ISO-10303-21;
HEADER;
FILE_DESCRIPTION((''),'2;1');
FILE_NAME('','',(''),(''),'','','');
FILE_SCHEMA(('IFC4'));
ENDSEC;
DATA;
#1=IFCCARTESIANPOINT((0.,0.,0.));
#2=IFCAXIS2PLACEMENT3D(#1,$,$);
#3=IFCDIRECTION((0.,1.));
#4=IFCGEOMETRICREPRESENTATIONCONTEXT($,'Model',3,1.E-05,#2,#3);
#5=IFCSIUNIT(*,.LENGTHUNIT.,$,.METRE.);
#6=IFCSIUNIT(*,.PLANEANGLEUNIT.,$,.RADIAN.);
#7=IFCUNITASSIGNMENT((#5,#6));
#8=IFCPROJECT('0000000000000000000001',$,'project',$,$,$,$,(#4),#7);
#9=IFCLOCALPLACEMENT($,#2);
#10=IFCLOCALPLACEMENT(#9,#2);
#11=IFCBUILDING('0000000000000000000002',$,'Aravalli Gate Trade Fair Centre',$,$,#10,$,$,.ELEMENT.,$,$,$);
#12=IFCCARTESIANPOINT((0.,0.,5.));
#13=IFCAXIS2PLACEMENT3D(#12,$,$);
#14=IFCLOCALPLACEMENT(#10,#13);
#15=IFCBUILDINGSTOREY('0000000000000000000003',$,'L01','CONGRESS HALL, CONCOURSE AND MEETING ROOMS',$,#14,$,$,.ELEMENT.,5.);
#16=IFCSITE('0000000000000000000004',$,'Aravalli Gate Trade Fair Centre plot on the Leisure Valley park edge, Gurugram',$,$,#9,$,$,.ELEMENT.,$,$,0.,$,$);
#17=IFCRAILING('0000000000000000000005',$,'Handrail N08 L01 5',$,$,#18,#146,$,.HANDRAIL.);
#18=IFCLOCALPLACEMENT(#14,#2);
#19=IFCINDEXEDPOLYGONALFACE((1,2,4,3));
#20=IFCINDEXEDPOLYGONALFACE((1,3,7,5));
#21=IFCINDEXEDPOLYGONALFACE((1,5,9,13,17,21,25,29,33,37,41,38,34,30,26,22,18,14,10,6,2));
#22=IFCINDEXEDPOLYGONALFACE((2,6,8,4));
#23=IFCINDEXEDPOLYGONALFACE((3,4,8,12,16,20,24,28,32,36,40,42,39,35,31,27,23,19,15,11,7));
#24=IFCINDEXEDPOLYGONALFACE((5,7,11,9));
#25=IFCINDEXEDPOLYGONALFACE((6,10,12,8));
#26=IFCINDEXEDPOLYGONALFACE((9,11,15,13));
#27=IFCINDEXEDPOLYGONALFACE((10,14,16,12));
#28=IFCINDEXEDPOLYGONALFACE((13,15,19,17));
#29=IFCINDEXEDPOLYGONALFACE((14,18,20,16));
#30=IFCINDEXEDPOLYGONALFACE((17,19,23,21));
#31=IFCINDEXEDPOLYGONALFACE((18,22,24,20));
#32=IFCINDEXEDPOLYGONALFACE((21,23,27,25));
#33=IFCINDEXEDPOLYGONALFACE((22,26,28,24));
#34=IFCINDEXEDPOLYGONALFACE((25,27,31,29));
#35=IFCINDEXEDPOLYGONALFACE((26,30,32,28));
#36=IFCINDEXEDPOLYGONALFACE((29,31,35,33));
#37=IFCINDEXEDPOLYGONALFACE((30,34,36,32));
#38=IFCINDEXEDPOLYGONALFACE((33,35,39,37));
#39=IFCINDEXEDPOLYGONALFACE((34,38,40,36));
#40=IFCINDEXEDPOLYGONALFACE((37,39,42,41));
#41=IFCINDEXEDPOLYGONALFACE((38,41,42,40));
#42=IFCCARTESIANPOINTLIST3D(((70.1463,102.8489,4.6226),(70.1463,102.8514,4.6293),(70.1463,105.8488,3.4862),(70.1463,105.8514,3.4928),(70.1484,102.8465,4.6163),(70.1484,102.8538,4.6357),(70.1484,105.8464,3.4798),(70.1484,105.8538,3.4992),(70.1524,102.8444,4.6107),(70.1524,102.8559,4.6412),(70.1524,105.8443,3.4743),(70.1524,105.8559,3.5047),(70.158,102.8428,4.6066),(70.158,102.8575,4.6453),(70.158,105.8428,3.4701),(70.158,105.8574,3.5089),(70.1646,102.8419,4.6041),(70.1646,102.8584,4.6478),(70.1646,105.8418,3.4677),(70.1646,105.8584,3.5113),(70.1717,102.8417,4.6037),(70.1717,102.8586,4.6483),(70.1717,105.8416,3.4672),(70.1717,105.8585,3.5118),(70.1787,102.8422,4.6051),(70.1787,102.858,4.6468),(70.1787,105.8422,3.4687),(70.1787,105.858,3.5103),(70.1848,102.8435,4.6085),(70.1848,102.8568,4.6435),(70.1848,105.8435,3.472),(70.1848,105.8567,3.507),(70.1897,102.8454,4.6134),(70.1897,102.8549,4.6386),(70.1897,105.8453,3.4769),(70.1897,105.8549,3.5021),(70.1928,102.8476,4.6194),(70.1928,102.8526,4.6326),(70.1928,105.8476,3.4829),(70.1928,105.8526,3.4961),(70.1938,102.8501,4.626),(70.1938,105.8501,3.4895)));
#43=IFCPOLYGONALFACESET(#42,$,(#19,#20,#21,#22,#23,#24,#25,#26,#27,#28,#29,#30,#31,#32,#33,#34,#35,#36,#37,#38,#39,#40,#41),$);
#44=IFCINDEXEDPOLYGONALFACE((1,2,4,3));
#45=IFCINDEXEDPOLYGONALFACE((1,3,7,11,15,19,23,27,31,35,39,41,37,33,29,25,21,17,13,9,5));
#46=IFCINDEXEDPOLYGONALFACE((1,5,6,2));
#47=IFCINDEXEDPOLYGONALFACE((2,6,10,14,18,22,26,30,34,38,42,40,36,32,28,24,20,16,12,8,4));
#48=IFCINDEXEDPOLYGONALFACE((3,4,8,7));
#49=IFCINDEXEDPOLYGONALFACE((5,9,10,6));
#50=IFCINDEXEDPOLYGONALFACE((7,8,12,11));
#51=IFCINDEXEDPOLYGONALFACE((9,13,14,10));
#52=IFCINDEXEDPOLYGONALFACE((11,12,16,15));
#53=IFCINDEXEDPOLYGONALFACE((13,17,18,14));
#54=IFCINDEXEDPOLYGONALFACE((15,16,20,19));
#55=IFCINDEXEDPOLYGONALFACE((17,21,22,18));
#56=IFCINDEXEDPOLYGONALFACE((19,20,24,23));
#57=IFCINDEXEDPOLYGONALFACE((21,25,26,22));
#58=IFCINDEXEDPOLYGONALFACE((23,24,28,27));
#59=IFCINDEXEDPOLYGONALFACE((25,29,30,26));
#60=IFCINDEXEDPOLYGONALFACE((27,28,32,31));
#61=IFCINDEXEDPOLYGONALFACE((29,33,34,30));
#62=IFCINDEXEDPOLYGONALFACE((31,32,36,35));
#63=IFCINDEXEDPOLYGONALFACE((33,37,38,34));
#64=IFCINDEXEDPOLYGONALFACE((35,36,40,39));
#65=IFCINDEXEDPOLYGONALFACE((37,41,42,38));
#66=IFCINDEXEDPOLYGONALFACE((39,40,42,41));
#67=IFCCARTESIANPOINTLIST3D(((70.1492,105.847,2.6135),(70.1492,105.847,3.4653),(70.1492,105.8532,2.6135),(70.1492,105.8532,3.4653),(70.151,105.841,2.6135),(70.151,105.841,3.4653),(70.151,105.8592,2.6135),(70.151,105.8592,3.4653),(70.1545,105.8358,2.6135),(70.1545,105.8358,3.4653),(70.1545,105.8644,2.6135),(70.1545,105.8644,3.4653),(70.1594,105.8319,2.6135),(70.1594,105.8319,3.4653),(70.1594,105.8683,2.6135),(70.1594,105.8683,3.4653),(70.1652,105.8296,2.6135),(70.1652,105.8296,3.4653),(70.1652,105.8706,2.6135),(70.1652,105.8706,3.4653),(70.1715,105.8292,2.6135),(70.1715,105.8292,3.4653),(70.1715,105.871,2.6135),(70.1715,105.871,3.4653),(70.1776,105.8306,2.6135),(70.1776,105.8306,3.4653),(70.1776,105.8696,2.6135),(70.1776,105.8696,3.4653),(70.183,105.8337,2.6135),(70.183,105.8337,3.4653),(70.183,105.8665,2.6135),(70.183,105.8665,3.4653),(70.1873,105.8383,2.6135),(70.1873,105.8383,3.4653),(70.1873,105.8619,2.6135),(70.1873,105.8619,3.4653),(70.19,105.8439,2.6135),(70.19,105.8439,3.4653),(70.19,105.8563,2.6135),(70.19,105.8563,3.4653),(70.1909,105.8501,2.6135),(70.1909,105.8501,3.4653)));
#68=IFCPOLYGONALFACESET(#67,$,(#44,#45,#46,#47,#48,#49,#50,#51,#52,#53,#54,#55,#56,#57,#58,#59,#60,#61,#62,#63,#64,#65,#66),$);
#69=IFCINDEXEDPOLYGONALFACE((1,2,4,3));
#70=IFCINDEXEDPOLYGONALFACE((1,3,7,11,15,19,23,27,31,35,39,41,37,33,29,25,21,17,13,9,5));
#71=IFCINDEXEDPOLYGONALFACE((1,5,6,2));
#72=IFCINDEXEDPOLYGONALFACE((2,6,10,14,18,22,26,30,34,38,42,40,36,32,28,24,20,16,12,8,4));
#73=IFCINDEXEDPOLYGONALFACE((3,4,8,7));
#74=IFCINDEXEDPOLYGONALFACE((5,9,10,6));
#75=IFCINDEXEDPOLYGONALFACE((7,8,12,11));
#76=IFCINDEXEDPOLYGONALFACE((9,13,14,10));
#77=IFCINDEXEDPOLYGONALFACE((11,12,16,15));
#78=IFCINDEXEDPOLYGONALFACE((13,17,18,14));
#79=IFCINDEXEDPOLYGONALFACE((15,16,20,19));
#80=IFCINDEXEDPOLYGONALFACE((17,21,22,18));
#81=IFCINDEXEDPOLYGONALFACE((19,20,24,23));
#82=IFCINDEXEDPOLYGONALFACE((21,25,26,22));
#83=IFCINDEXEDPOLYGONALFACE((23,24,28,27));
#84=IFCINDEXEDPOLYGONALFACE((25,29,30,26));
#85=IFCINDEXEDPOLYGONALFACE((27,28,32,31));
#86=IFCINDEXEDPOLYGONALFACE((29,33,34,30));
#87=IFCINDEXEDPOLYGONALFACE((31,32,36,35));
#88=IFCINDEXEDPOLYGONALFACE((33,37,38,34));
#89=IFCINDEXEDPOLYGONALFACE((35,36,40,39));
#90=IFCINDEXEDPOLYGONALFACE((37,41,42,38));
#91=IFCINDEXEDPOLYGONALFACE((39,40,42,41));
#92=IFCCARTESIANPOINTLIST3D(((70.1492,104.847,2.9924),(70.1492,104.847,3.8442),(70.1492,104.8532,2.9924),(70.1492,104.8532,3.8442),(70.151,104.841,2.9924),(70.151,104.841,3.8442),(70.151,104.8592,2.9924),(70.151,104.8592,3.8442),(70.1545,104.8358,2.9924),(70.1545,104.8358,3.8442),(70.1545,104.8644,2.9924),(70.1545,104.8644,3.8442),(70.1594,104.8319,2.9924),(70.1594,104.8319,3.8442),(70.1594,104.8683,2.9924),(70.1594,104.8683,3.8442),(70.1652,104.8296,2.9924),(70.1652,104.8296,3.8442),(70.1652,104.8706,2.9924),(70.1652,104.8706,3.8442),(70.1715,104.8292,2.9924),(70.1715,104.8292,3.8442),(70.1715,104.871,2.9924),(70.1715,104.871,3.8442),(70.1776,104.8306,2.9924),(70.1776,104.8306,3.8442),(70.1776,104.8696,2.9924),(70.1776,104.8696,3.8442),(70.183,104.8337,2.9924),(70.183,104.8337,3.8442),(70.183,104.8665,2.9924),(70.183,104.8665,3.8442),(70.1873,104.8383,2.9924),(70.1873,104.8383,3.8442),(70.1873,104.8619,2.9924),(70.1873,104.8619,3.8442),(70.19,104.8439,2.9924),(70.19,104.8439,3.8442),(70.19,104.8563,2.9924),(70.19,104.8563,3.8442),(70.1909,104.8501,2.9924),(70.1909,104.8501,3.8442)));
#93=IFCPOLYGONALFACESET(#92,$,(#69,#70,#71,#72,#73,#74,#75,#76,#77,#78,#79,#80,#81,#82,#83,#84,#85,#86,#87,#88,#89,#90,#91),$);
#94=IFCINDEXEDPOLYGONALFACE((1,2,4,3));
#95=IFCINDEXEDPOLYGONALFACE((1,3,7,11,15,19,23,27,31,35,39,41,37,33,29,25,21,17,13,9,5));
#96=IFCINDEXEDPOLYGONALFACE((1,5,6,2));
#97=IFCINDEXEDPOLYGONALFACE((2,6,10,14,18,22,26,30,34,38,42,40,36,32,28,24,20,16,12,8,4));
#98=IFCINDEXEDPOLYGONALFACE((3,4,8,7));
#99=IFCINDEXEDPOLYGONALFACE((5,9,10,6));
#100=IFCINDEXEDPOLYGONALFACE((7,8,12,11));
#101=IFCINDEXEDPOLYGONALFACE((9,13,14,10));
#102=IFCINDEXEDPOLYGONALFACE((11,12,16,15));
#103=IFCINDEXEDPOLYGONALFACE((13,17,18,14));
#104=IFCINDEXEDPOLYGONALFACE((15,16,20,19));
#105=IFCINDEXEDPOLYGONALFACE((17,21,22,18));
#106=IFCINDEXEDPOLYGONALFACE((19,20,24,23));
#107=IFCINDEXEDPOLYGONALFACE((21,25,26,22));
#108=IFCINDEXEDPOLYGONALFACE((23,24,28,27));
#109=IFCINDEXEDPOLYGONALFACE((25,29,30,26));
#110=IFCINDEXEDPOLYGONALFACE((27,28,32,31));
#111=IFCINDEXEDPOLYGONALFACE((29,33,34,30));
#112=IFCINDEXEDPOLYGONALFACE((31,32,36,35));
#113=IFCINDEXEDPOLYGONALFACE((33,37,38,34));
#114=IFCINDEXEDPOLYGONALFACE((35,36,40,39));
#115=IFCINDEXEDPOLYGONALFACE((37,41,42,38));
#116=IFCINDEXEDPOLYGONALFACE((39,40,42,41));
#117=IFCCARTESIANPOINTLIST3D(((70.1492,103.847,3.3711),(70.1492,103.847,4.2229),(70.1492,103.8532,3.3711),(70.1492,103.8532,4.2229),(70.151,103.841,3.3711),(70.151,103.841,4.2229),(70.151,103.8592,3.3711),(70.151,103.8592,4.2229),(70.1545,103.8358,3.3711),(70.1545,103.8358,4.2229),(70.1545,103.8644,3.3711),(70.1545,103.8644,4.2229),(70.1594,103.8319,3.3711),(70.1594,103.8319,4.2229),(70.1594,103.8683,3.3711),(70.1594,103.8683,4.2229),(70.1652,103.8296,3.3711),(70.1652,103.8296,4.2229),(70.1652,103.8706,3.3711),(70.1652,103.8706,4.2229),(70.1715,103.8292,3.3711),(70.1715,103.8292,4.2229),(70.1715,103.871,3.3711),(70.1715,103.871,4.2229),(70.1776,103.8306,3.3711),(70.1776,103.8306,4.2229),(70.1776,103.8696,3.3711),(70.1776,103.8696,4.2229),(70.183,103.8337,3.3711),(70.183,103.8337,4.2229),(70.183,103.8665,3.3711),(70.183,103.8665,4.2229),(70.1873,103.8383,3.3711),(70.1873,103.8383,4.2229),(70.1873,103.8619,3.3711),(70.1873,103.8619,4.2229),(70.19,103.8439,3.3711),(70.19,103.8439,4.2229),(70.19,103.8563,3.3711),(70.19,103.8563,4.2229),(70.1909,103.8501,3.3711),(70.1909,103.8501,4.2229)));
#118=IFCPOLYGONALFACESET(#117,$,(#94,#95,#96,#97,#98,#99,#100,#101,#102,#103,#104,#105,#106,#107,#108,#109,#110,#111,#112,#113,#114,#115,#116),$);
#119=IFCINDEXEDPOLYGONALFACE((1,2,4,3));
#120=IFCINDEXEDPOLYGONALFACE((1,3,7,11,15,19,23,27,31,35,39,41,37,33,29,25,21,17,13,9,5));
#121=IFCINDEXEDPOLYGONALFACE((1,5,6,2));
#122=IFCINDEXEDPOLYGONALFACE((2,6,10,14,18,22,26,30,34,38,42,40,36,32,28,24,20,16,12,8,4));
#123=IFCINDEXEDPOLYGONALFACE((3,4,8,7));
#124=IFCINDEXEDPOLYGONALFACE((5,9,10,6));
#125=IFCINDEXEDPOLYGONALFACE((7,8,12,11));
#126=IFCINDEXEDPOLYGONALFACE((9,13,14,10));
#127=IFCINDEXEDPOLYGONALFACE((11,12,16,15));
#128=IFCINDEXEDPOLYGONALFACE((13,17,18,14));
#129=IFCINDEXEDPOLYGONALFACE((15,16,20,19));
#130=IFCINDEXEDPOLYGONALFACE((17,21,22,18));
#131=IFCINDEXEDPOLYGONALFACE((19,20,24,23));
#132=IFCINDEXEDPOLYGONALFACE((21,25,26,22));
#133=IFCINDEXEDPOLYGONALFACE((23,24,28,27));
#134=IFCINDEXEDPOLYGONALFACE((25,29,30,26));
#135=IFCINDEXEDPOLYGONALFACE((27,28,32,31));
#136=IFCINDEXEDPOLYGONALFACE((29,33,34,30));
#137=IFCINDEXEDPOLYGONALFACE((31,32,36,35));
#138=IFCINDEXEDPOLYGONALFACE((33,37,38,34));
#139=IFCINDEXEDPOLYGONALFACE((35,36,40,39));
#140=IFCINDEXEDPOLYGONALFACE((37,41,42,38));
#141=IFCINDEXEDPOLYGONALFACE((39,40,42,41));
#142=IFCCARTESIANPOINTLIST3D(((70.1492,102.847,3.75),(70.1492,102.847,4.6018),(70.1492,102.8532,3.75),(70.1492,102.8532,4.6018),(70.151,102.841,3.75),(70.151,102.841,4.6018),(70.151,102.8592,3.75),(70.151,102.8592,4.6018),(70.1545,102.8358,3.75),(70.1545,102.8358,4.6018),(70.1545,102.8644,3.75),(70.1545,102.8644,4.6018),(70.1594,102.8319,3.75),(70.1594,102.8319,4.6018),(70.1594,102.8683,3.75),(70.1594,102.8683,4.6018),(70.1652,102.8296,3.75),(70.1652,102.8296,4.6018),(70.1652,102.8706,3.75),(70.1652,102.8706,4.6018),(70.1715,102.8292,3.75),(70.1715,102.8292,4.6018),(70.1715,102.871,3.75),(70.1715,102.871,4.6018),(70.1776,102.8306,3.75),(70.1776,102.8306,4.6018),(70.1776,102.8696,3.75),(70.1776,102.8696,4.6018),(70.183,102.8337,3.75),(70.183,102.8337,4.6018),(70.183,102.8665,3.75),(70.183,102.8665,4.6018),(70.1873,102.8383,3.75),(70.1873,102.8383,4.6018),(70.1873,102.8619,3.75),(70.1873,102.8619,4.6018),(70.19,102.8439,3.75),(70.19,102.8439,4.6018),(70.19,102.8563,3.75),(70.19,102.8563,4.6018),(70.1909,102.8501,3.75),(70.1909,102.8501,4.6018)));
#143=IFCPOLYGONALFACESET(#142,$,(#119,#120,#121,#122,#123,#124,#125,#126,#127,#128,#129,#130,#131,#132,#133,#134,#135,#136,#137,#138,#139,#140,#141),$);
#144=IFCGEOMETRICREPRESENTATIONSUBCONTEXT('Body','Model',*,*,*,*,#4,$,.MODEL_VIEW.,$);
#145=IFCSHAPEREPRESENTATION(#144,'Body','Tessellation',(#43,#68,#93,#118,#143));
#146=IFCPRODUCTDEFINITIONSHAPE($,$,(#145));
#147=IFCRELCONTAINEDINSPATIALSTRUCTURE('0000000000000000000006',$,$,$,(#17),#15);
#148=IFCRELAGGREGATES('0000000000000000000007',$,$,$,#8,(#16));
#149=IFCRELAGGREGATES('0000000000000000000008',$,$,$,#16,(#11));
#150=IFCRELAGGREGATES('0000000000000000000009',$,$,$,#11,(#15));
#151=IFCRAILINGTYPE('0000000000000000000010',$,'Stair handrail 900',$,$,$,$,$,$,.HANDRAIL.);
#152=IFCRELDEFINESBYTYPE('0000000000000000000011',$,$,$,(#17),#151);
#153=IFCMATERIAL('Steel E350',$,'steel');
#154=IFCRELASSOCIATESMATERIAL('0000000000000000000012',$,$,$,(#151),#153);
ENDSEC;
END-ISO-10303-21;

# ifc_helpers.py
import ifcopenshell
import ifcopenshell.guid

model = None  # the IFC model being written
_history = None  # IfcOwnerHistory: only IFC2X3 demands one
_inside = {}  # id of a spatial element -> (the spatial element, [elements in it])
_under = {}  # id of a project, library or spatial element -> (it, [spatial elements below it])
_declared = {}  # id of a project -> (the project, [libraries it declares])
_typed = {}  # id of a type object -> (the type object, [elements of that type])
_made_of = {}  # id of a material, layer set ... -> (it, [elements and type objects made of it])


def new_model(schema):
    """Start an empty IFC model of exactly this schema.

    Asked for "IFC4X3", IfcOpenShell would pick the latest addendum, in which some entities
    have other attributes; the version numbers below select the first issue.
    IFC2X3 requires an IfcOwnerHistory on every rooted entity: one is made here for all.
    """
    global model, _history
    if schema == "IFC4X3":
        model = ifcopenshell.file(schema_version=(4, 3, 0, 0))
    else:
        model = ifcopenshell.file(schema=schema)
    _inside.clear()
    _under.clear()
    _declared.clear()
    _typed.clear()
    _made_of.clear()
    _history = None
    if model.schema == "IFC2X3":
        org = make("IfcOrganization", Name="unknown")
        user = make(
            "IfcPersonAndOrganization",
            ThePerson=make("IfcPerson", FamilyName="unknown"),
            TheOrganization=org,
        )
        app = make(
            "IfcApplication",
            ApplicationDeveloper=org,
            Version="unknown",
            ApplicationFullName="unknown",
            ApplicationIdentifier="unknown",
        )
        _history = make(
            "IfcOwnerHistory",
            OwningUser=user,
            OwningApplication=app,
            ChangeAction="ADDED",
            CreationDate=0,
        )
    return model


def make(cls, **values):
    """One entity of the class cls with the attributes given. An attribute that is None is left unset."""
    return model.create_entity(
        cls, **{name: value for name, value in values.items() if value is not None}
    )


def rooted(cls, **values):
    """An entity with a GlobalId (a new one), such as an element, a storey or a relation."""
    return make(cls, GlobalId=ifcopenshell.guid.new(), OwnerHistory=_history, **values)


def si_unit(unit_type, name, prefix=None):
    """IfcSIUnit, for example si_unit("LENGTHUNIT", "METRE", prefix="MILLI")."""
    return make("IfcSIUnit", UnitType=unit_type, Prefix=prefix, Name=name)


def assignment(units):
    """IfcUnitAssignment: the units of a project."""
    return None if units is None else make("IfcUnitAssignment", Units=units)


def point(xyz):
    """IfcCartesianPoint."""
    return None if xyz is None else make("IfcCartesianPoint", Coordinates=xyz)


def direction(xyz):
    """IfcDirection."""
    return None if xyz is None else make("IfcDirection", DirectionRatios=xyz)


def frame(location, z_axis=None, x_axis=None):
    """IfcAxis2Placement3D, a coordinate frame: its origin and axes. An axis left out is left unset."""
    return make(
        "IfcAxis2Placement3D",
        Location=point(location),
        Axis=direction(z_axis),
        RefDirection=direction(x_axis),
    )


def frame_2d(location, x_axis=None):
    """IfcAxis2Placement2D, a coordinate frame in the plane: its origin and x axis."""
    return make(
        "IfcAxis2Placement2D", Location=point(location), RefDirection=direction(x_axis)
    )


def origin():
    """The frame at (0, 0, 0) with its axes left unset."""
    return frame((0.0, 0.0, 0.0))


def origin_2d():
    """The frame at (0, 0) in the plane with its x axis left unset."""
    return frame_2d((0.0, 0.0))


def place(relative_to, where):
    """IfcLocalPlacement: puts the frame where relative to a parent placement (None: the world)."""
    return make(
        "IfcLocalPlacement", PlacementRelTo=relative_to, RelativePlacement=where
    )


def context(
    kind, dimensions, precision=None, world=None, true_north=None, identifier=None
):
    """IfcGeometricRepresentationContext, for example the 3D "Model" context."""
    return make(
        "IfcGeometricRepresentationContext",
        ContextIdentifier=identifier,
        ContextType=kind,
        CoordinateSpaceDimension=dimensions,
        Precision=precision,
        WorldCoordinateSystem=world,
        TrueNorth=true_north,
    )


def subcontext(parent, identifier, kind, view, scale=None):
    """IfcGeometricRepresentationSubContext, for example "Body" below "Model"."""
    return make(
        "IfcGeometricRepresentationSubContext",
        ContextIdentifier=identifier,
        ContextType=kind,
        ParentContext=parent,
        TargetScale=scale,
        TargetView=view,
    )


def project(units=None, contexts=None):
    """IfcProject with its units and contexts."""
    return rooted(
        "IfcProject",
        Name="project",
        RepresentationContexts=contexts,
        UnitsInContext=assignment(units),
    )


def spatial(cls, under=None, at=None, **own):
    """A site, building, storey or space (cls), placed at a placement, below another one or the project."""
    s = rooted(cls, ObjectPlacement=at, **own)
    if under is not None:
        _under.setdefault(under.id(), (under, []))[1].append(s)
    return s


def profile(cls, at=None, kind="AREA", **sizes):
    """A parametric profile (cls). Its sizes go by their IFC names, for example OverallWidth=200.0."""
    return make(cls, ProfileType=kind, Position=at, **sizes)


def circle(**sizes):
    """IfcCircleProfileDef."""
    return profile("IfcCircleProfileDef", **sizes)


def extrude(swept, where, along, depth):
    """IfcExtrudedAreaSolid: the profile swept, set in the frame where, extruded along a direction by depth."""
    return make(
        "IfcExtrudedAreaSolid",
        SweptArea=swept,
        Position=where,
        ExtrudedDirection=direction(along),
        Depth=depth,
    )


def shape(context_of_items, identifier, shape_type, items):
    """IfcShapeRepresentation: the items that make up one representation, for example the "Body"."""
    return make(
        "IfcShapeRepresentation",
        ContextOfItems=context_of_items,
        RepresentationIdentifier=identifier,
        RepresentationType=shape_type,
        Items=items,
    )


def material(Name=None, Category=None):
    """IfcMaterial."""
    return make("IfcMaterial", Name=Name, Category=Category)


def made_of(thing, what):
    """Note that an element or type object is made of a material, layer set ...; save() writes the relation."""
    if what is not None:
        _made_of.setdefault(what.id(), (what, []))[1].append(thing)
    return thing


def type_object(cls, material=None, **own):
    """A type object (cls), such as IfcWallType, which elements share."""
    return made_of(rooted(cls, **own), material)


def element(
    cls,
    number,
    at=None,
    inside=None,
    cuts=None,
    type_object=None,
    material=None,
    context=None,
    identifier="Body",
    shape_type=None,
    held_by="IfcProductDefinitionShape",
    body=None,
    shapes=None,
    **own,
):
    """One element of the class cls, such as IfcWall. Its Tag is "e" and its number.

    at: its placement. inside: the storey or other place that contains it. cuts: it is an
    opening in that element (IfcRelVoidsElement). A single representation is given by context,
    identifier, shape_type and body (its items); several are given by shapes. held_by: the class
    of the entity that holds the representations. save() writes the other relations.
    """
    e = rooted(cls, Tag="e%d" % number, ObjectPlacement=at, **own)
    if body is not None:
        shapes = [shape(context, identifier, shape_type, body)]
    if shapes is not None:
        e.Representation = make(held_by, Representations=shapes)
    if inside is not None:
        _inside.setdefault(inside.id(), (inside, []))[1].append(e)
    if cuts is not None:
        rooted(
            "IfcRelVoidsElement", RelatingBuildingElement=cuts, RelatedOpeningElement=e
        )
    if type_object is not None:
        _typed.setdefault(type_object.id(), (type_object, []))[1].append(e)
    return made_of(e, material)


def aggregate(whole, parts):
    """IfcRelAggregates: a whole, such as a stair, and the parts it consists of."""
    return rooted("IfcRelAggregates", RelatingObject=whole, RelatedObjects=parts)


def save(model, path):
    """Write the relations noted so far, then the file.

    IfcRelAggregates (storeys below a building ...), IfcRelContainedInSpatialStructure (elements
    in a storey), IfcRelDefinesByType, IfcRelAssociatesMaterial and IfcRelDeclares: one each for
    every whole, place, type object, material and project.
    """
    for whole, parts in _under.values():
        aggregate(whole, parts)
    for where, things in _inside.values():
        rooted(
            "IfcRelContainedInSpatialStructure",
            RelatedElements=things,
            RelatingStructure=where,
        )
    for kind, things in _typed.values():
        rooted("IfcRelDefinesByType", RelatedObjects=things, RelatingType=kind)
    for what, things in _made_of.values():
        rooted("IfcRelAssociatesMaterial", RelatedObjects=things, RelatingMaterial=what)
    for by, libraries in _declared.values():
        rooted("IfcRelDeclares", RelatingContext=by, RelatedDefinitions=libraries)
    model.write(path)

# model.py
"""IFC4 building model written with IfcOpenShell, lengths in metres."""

from ifc_helpers import new_model, si_unit, direction, frame, origin, origin_2d, place, context, subcontext, project, spatial, circle, extrude, material, type_object, element, save


model = new_model("IFC4")

# Units and contexts
model_context = context("Model", 3, precision=1e-05, world=origin(), true_north=direction((0.0, 1.0)))
body_context = subcontext(model_context, "Body", "Model", "MODEL_VIEW")
ifc_project = project(units=[si_unit("LENGTHUNIT", "METRE"), si_unit("PLANEANGLEUNIT", "RADIAN")], contexts=[model_context])

# Site, building, storey
site_placement = place(None, origin())
site = spatial("IfcSite", under=ifc_project, at=site_placement, Name="Aravalli Gate Trade Fair Centre plot on the Leisure Valley park edge, Gurugram", CompositionType="ELEMENT", RefElevation=0.0)
building_placement = place(site_placement, origin())
building = spatial("IfcBuilding", under=site, at=building_placement, Name="Aravalli Gate Trade Fair Centre", CompositionType="ELEMENT")
storey_placement = place(building_placement, frame((0.0, 0.0, 5.0)))
storey = spatial("IfcBuildingStorey", under=building, at=storey_placement, Name="L01", Description="CONGRESS HALL, CONCOURSE AND MEETING ROOMS", CompositionType="ELEMENT", Elevation=5.0)

# Shared definitions
ifc_material_1 = material(Name="Steel E350", Category="steel")

# Railing
railing_type_1 = type_object("IfcRailingType", Name="Stair handrail 900", PredefinedType="HANDRAIL", material=ifc_material_1)
for number, where, name in (
    (1, (70.1699, 105.8501, 2.6135), "Handrail N08 L01 5"),
):
    element("IfcRailing", number, at=place(storey_placement, frame(where)), inside=storey, type_object=railing_type_1, Name=name, PredefinedType="HANDRAIL", context=body_context, shape_type="SweptSolid", body=[
        extrude(circle(Radius=0.0239, at=origin_2d()), frame((0.0, 0.0, 0.876), z_axis=(0.0, -0.935148, 0.354257), x_axis=(1.0, 0.0, 0.0)), (0.0, 0.0, 1.0), 3.208),
        extrude(circle(Radius=0.021, at=origin_2d()), origin(), (0.0, 0.0, 1.0), 0.8518),
        extrude(circle(Radius=0.021, at=origin_2d()), frame((0.0, -1.0, 0.3789)), (0.0, 0.0, 1.0), 0.8518),
        extrude(circle(Radius=0.021, at=origin_2d()), frame((0.0, -2.0, 0.7576)), (0.0, 0.0, 1.0), 0.8518),
        extrude(circle(Radius=0.021, at=origin_2d()), frame((0.0, -3.0, 1.1365)), (0.0, 0.0, 1.0), 0.8518),
    ])

save(model, "model.ifc")
